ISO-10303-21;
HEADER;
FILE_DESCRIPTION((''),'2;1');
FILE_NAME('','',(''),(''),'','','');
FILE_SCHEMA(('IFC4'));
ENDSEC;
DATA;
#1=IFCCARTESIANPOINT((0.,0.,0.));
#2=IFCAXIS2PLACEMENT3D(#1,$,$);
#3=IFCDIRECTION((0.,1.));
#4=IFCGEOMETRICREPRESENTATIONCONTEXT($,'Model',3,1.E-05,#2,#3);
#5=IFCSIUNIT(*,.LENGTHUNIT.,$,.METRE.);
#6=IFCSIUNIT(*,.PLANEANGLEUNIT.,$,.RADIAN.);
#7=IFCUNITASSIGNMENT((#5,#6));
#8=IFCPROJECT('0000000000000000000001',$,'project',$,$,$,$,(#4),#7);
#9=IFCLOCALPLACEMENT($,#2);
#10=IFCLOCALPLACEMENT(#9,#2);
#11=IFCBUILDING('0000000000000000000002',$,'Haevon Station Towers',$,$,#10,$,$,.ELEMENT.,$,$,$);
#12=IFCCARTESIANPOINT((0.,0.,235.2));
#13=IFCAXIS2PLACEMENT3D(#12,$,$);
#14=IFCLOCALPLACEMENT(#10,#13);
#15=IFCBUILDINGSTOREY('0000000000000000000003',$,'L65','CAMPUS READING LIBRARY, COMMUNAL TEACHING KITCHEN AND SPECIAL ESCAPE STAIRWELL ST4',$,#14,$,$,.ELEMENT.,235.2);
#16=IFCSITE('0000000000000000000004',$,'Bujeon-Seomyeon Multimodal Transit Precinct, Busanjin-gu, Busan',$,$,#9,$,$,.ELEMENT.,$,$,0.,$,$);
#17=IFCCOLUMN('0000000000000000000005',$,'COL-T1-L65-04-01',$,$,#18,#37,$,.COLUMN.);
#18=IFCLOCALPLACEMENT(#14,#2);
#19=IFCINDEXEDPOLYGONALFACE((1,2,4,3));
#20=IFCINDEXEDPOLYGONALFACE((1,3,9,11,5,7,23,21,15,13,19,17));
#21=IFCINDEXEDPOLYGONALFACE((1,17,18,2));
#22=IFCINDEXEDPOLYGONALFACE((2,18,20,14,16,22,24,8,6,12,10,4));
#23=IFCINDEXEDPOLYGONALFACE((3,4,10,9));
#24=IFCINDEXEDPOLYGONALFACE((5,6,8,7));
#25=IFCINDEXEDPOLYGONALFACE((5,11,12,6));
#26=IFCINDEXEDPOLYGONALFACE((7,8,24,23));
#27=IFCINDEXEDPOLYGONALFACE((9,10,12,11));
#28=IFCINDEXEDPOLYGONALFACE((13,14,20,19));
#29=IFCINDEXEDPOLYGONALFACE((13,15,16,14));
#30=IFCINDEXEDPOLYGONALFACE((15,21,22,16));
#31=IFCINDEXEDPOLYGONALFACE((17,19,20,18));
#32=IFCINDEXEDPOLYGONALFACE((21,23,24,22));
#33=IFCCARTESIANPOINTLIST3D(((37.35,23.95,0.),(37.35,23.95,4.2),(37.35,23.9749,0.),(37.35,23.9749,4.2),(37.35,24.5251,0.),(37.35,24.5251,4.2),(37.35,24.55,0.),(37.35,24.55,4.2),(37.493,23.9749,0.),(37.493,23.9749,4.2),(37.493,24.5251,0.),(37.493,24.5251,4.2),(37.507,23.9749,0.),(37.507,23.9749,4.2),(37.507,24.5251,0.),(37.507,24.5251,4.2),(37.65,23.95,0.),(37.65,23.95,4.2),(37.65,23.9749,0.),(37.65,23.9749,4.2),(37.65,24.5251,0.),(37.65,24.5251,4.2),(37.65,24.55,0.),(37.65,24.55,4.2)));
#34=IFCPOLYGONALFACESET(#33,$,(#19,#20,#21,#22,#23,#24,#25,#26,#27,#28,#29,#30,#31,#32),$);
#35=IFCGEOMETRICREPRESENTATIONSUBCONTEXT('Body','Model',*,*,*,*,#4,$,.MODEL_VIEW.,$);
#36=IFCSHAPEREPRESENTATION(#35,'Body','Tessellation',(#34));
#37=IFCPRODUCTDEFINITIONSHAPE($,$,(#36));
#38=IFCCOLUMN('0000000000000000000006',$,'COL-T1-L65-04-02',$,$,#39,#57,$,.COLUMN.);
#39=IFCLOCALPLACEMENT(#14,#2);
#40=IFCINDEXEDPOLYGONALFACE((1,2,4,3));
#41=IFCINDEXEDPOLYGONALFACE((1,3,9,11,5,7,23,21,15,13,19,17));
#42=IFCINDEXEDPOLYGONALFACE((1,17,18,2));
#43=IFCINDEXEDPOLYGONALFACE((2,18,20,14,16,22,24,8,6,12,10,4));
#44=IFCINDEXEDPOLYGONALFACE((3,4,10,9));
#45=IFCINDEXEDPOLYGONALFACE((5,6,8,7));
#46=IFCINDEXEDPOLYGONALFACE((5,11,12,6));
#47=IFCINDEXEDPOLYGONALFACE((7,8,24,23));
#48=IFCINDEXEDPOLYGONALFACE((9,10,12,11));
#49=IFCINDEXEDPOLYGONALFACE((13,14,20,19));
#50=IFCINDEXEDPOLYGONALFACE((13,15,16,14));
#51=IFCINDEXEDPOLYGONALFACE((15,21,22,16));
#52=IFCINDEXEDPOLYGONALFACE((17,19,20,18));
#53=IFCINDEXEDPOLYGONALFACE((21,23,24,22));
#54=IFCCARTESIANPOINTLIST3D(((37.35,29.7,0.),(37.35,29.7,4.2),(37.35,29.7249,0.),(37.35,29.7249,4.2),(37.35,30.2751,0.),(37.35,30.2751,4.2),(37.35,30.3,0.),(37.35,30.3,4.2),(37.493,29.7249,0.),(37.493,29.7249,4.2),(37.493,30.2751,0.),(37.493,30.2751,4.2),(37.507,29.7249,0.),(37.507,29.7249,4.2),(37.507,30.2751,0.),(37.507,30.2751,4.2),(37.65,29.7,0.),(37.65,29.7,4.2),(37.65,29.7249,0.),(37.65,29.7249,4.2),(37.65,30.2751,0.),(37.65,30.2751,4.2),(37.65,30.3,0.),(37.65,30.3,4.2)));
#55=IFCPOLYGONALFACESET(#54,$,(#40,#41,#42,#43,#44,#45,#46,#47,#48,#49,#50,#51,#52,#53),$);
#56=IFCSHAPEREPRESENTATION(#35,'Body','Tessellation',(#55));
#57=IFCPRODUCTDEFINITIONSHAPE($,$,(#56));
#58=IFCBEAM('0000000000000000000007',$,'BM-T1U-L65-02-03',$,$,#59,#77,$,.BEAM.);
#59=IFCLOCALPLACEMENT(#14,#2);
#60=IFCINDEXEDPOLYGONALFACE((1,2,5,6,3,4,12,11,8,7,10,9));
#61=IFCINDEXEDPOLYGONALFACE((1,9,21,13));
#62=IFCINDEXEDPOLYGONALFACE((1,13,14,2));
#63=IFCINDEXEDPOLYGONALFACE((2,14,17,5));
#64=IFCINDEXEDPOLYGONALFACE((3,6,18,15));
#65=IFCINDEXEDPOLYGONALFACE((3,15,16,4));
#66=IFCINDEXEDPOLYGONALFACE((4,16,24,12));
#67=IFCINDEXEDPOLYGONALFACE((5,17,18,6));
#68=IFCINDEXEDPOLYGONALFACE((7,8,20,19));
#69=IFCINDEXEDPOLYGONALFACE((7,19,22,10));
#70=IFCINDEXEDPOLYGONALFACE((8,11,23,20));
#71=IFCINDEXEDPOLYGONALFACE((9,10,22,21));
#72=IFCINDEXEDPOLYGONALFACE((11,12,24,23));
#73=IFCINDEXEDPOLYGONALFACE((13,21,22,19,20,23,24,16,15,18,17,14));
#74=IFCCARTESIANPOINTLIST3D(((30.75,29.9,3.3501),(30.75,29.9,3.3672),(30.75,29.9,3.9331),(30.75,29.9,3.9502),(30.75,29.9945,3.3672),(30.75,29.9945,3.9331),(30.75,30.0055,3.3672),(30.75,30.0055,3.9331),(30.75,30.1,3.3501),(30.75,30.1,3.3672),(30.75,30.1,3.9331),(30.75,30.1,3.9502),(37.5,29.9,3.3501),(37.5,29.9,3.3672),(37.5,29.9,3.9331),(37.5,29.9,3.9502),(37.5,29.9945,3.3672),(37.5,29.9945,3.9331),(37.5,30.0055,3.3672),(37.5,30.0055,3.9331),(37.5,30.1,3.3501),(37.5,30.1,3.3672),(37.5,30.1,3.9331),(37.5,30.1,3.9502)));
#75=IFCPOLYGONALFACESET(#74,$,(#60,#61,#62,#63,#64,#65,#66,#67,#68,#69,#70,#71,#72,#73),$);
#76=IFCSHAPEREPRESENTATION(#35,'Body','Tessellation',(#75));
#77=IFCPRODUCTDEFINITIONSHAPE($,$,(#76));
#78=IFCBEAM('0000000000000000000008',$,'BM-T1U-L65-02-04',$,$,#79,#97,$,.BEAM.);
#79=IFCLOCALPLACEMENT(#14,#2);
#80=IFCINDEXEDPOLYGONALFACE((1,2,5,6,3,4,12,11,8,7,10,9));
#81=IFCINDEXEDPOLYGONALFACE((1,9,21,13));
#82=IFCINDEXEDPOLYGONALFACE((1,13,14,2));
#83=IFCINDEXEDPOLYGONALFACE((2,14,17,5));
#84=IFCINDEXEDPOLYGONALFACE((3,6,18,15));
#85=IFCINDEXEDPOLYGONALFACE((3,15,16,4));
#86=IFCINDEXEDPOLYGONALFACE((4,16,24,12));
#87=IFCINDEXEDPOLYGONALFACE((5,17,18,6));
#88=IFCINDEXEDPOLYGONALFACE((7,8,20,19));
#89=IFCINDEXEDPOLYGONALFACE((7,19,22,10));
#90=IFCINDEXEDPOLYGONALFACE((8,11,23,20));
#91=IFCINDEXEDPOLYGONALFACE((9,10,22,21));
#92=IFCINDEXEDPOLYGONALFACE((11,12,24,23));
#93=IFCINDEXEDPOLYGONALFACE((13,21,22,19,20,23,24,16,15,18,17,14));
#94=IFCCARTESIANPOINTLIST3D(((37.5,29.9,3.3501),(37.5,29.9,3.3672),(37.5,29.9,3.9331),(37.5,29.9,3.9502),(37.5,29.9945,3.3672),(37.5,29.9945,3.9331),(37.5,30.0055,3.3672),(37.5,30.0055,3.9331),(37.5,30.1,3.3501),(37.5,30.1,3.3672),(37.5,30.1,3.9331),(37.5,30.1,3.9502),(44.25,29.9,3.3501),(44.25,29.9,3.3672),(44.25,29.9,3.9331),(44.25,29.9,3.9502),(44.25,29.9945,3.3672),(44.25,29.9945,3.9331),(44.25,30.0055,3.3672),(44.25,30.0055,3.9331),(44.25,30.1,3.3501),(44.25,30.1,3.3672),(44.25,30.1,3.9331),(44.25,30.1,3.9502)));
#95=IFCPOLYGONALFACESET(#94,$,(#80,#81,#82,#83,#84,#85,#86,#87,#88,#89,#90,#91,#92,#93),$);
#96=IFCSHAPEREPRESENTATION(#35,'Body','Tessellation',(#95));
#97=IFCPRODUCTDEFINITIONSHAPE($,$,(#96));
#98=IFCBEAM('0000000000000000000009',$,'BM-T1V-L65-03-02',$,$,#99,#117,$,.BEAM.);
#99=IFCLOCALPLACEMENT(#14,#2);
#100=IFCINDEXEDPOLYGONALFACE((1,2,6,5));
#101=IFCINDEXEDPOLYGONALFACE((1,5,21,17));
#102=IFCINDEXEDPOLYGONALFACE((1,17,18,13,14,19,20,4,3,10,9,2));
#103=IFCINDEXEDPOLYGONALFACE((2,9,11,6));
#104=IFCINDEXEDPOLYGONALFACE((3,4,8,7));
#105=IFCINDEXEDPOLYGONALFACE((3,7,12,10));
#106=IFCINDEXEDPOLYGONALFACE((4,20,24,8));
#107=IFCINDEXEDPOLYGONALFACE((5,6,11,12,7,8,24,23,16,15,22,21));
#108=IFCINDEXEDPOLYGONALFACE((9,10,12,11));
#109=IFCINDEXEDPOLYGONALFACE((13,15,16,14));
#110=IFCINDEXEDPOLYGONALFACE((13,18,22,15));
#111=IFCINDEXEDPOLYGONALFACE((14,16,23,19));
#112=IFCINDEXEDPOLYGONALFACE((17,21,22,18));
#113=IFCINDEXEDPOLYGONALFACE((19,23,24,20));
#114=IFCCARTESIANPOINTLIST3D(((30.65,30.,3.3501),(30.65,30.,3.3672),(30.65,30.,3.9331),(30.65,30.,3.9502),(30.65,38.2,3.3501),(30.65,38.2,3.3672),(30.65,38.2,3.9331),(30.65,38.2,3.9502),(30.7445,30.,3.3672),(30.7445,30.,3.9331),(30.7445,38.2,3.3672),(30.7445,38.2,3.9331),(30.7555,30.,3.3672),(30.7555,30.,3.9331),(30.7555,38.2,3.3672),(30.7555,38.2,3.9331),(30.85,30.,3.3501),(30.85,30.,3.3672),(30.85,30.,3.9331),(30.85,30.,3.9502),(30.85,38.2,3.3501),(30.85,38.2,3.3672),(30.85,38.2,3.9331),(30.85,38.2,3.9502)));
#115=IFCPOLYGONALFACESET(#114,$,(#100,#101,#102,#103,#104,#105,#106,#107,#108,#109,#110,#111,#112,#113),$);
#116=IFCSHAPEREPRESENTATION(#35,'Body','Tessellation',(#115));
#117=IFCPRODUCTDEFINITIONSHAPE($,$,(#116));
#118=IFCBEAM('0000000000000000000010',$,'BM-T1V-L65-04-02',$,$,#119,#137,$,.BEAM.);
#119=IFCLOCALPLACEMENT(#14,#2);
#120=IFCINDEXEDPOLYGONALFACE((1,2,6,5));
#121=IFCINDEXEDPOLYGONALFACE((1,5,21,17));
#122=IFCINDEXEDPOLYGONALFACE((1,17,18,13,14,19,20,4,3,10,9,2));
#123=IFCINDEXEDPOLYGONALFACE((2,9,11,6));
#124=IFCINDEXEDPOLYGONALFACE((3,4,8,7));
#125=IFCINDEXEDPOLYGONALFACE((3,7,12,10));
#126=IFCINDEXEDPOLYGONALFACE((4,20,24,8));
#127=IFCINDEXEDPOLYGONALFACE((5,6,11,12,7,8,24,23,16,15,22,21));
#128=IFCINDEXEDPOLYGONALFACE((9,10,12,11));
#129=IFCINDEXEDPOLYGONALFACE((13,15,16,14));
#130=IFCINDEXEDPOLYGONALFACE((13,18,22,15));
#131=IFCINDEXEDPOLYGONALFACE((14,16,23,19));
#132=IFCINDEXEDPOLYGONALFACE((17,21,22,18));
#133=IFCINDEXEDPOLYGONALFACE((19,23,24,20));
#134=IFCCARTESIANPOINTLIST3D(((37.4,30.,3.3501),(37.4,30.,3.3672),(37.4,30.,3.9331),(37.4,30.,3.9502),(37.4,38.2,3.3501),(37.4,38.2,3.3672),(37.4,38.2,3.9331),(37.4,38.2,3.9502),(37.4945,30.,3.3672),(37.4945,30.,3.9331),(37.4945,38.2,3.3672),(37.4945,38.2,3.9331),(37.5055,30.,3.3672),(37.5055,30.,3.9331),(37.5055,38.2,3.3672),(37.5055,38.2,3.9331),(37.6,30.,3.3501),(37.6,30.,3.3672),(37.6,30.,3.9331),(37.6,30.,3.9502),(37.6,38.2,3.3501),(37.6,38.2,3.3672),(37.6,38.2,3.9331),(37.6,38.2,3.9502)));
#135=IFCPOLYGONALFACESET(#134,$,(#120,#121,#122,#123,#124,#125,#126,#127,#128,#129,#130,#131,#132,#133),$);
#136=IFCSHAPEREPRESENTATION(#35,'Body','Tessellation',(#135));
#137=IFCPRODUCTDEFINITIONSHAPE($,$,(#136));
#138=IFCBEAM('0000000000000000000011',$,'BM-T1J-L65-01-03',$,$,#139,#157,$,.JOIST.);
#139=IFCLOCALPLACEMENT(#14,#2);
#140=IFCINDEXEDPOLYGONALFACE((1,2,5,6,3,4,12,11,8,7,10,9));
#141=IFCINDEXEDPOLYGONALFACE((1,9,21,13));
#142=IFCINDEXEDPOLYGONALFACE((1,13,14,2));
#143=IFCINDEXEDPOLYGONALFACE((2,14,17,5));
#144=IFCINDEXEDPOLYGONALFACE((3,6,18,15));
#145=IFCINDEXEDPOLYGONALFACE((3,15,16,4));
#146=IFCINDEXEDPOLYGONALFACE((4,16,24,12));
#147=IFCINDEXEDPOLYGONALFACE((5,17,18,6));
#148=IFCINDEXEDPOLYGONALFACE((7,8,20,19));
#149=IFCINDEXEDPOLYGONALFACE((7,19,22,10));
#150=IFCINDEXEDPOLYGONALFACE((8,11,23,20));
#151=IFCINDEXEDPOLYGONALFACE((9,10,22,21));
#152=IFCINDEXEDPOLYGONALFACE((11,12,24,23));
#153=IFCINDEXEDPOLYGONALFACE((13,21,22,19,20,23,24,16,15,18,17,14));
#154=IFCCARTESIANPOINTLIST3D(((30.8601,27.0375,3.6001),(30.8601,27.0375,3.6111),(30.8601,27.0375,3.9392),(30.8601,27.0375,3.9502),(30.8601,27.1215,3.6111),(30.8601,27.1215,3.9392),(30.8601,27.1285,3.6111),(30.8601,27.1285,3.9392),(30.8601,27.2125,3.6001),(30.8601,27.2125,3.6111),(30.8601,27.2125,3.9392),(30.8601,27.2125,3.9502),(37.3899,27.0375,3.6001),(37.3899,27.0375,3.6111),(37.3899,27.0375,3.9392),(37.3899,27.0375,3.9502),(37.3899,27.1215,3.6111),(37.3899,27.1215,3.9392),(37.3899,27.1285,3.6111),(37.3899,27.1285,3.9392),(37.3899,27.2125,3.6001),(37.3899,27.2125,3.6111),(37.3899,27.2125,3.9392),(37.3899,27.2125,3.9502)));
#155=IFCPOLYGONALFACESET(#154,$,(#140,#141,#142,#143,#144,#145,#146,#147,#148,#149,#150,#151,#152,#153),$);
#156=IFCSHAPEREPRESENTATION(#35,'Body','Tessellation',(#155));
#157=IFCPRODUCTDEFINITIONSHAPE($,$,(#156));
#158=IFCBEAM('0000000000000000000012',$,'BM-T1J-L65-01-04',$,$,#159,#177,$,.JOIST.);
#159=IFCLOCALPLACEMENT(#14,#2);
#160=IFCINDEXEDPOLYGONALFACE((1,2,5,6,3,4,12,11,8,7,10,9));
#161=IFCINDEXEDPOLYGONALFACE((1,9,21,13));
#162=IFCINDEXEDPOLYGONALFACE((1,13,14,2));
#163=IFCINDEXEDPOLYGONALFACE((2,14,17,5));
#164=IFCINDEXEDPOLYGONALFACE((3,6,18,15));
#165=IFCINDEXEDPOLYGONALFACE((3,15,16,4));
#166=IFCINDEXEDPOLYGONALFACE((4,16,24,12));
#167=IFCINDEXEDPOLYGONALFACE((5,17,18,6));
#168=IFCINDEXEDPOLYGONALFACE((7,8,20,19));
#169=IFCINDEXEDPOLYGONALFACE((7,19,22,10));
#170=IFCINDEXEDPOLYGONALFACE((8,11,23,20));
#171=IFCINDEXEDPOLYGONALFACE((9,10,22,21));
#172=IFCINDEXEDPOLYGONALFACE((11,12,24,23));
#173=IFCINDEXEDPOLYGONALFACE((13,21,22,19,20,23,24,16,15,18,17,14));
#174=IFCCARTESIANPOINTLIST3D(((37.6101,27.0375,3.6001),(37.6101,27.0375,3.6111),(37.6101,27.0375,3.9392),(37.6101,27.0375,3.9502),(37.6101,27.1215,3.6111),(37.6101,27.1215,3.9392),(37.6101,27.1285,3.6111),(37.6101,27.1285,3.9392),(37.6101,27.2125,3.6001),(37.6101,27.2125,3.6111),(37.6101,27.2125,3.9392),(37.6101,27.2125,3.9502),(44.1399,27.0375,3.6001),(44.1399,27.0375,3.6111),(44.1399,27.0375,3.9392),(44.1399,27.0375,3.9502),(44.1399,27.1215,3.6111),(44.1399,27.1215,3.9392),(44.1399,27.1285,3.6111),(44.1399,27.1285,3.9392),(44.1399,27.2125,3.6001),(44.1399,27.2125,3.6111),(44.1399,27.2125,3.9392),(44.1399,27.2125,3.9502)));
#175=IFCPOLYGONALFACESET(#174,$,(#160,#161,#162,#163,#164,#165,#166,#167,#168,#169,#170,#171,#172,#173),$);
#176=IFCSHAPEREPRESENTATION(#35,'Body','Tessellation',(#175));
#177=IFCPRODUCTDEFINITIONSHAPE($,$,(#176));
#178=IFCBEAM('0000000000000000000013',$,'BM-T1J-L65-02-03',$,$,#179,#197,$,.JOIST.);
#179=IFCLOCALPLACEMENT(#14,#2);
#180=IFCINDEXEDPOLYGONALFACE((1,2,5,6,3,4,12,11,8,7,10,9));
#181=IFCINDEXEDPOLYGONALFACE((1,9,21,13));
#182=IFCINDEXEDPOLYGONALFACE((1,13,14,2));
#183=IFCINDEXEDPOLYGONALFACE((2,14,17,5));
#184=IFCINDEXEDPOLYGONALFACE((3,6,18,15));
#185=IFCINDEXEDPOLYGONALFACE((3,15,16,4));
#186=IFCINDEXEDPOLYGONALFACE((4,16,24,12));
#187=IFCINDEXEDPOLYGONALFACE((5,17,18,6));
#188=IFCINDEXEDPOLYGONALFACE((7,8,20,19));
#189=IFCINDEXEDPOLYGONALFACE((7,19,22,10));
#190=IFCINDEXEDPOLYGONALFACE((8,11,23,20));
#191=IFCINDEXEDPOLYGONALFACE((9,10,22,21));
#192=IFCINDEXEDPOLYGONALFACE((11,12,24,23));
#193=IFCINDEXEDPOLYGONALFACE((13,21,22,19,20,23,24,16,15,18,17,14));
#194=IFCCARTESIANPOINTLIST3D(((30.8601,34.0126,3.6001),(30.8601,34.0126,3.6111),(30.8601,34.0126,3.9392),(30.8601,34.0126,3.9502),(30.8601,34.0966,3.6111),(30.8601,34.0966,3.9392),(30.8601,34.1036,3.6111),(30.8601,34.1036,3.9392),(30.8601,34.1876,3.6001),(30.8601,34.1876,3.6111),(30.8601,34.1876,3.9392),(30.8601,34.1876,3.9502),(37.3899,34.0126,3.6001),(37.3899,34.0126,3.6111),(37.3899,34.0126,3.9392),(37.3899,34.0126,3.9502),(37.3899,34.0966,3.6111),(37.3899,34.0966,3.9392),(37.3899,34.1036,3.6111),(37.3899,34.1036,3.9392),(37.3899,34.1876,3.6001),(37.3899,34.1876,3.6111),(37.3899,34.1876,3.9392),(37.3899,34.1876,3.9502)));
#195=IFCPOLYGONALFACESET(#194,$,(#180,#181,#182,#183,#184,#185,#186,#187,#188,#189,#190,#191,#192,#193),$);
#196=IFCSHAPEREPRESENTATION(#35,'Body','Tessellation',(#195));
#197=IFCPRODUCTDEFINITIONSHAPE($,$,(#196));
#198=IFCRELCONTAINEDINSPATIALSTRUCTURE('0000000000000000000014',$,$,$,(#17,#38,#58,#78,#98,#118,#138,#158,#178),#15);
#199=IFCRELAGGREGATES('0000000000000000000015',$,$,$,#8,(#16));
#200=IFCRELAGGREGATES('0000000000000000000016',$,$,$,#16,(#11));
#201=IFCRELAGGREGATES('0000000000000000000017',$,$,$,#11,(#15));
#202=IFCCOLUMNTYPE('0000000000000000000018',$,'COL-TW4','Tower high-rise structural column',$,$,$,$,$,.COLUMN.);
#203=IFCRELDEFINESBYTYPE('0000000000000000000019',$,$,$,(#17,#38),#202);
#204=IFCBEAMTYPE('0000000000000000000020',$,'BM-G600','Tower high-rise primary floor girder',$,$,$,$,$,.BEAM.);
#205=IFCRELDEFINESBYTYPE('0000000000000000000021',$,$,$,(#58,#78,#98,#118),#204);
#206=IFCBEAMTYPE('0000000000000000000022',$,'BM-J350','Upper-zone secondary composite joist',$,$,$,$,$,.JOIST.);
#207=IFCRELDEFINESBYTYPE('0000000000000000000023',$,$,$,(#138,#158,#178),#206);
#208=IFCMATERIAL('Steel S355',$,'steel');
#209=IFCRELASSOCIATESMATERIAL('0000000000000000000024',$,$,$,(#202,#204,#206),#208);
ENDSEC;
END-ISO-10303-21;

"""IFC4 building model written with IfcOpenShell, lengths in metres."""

from ifc_helpers import new_model, si_unit, direction, frame, origin, origin_2d, place, context, subcontext, project, spatial, i_section, extrude, material, material_profile, profile_set, type_object, element, save


model = new_model("IFC4")

# Units and contexts
model_context = context("Model", 3, precision=1e-05, world=origin(), true_north=direction((0.0, 1.0)))
body_context = subcontext(model_context, "Body", "Model", "MODEL_VIEW")
ifc_project = project(units=[si_unit("LENGTHUNIT", "METRE"), si_unit("PLANEANGLEUNIT", "RADIAN")], contexts=[model_context])

# Site, building, storey
site_placement = place(None, origin())
site = spatial("IfcSite", under=ifc_project, at=site_placement, Name="Bujeon-Seomyeon Multimodal Transit Precinct, Busanjin-gu, Busan", CompositionType="ELEMENT", RefElevation=0.0)
building_placement = place(site_placement, origin())
building = spatial("IfcBuilding", under=site, at=building_placement, Name="Haevon Station Towers", CompositionType="ELEMENT")
storey_placement = place(building_placement, frame((0.0, 0.0, 235.2)))
storey = spatial("IfcBuildingStorey", under=building, at=storey_placement, Name="L65", Description="CAMPUS READING LIBRARY, COMMUNAL TEACHING KITCHEN AND SPECIAL ESCAPE STAIRWELL ST4", CompositionType="ELEMENT", Elevation=235.2)

# Columns
ifc_material_1 = material(Name="Steel S355", Category="steel")
ifc_material_profile_1 = material_profile(ifc_material_1, i_section(OverallWidth=0.3, OverallDepth=0.6001, WebThickness=0.0139, FlangeThickness=0.0249, at=origin_2d()), Name="H-600x300x14x25")
ifc_profile_set_1 = profile_set([ifc_material_profile_1], Name="Steel S355")
column_type = type_object("IfcColumnType", Name="COL-TW4", Description="Tower high-rise structural column", PredefinedType="COLUMN", material=ifc_profile_set_1)
for number, where, z_axis, x_axis, name in (
    (1, (37.5, 24.25, 0.0), (0.0, 0.0, 1.0), (1.0, 0.0, 0.0), "COL-T1-L65-04-01"),
    (2, (37.5, 30.0, 0.0), (0.0, 0.0, 1.0), (1.0, 0.0, 0.0), "COL-T1-L65-04-02"),
):
    element("IfcColumn", number, at=place(storey_placement, frame(where, z_axis=z_axis, x_axis=x_axis)), inside=storey, type_object=column_type, Name=name, PredefinedType="COLUMN", context=body_context, shape_type="SweptSolid", body=[
        extrude(i_section(OverallWidth=0.3, OverallDepth=0.6001, WebThickness=0.0139, FlangeThickness=0.0249, at=origin_2d()), origin(), (0.0, 0.0, 1.0), 4.2),
    ])

# Beams
ifc_material_profile_2 = material_profile(ifc_material_1, i_section(OverallWidth=0.2, OverallDepth=0.6001, WebThickness=0.011, FlangeThickness=0.0171, at=origin_2d()), Name="H-600x200x11x17")
ifc_profile_set_2 = profile_set([ifc_material_profile_2], Name="Steel S355")
beam_type_1 = type_object("IfcBeamType", Name="BM-G600", Description="Tower high-rise primary floor girder", PredefinedType="BEAM", material=ifc_profile_set_2)
for number, where, z_axis, x_axis, name in (
    (3, (30.75, 30.0, 3.6501), (1.0, 0.0, 0.0), (0.0, 1.0, 0.0), "BM-T1U-L65-02-03"),
    (4, (37.5, 30.0, 3.6501), (1.0, 0.0, 0.0), (0.0, 1.0, 0.0), "BM-T1U-L65-02-04"),
):
    element("IfcBeam", number, at=place(storey_placement, frame(where, z_axis=z_axis, x_axis=x_axis)), inside=storey, type_object=beam_type_1, Name=name, PredefinedType="BEAM", context=body_context, shape_type="SweptSolid", body=[
        extrude(i_section(OverallWidth=0.2, OverallDepth=0.6001, WebThickness=0.011, FlangeThickness=0.0171, at=origin_2d()), origin(), (0.0, 0.0, 1.0), 6.75),
    ])
for number, where, z_axis, x_axis, name in (
    (5, (30.75, 30.0, 3.6501), (0.0, 1.0, 0.0), (-1.0, 0.0, 0.0), "BM-T1V-L65-03-02"),
    (6, (37.5, 30.0, 3.6501), (0.0, 1.0, 0.0), (-1.0, 0.0, 0.0), "BM-T1V-L65-04-02"),
):
    element("IfcBeam", number, at=place(storey_placement, frame(where, z_axis=z_axis, x_axis=x_axis)), inside=storey, type_object=beam_type_1, Name=name, PredefinedType="BEAM", context=body_context, shape_type="SweptSolid", body=[
        extrude(i_section(OverallWidth=0.2, OverallDepth=0.6001, WebThickness=0.011, FlangeThickness=0.0171, at=origin_2d()), origin(), (0.0, 0.0, 1.0), 8.2),
    ])
ifc_material_profile_3 = material_profile(ifc_material_1, i_section(OverallWidth=0.175, OverallDepth=0.3501, WebThickness=0.0071, FlangeThickness=0.011, at=origin_2d()), Name="H-350x175x7x11")
ifc_profile_set_3 = profile_set([ifc_material_profile_3], Name="Steel S355")
beam_type_2 = type_object("IfcBeamType", Name="BM-J350", Description="Upper-zone secondary composite joist", PredefinedType="JOIST", material=ifc_profile_set_3)
for number, where, z_axis, x_axis, name in (
    (7, (30.8601, 27.125, 3.7751), (1.0, 0.0, 0.0), (0.0, 1.0, 0.0), "BM-T1J-L65-01-03"),
    (8, (37.6101, 27.125, 3.7751), (1.0, 0.0, 0.0), (0.0, 1.0, 0.0), "BM-T1J-L65-01-04"),
    (9, (30.8601, 34.1001, 3.7751), (1.0, 0.0, 0.0), (0.0, 1.0, 0.0), "BM-T1J-L65-02-03"),
):
    element("IfcBeam", number, at=place(storey_placement, frame(where, z_axis=z_axis, x_axis=x_axis)), inside=storey, type_object=beam_type_2, Name=name, PredefinedType="JOIST", context=body_context, shape_type="SweptSolid", body=[
        extrude(i_section(OverallWidth=0.175, OverallDepth=0.3501, WebThickness=0.0071, FlangeThickness=0.011, at=origin_2d()), origin(), (0.0, 0.0, 1.0), 6.5298),
    ])

save(model, "model.ifc")
